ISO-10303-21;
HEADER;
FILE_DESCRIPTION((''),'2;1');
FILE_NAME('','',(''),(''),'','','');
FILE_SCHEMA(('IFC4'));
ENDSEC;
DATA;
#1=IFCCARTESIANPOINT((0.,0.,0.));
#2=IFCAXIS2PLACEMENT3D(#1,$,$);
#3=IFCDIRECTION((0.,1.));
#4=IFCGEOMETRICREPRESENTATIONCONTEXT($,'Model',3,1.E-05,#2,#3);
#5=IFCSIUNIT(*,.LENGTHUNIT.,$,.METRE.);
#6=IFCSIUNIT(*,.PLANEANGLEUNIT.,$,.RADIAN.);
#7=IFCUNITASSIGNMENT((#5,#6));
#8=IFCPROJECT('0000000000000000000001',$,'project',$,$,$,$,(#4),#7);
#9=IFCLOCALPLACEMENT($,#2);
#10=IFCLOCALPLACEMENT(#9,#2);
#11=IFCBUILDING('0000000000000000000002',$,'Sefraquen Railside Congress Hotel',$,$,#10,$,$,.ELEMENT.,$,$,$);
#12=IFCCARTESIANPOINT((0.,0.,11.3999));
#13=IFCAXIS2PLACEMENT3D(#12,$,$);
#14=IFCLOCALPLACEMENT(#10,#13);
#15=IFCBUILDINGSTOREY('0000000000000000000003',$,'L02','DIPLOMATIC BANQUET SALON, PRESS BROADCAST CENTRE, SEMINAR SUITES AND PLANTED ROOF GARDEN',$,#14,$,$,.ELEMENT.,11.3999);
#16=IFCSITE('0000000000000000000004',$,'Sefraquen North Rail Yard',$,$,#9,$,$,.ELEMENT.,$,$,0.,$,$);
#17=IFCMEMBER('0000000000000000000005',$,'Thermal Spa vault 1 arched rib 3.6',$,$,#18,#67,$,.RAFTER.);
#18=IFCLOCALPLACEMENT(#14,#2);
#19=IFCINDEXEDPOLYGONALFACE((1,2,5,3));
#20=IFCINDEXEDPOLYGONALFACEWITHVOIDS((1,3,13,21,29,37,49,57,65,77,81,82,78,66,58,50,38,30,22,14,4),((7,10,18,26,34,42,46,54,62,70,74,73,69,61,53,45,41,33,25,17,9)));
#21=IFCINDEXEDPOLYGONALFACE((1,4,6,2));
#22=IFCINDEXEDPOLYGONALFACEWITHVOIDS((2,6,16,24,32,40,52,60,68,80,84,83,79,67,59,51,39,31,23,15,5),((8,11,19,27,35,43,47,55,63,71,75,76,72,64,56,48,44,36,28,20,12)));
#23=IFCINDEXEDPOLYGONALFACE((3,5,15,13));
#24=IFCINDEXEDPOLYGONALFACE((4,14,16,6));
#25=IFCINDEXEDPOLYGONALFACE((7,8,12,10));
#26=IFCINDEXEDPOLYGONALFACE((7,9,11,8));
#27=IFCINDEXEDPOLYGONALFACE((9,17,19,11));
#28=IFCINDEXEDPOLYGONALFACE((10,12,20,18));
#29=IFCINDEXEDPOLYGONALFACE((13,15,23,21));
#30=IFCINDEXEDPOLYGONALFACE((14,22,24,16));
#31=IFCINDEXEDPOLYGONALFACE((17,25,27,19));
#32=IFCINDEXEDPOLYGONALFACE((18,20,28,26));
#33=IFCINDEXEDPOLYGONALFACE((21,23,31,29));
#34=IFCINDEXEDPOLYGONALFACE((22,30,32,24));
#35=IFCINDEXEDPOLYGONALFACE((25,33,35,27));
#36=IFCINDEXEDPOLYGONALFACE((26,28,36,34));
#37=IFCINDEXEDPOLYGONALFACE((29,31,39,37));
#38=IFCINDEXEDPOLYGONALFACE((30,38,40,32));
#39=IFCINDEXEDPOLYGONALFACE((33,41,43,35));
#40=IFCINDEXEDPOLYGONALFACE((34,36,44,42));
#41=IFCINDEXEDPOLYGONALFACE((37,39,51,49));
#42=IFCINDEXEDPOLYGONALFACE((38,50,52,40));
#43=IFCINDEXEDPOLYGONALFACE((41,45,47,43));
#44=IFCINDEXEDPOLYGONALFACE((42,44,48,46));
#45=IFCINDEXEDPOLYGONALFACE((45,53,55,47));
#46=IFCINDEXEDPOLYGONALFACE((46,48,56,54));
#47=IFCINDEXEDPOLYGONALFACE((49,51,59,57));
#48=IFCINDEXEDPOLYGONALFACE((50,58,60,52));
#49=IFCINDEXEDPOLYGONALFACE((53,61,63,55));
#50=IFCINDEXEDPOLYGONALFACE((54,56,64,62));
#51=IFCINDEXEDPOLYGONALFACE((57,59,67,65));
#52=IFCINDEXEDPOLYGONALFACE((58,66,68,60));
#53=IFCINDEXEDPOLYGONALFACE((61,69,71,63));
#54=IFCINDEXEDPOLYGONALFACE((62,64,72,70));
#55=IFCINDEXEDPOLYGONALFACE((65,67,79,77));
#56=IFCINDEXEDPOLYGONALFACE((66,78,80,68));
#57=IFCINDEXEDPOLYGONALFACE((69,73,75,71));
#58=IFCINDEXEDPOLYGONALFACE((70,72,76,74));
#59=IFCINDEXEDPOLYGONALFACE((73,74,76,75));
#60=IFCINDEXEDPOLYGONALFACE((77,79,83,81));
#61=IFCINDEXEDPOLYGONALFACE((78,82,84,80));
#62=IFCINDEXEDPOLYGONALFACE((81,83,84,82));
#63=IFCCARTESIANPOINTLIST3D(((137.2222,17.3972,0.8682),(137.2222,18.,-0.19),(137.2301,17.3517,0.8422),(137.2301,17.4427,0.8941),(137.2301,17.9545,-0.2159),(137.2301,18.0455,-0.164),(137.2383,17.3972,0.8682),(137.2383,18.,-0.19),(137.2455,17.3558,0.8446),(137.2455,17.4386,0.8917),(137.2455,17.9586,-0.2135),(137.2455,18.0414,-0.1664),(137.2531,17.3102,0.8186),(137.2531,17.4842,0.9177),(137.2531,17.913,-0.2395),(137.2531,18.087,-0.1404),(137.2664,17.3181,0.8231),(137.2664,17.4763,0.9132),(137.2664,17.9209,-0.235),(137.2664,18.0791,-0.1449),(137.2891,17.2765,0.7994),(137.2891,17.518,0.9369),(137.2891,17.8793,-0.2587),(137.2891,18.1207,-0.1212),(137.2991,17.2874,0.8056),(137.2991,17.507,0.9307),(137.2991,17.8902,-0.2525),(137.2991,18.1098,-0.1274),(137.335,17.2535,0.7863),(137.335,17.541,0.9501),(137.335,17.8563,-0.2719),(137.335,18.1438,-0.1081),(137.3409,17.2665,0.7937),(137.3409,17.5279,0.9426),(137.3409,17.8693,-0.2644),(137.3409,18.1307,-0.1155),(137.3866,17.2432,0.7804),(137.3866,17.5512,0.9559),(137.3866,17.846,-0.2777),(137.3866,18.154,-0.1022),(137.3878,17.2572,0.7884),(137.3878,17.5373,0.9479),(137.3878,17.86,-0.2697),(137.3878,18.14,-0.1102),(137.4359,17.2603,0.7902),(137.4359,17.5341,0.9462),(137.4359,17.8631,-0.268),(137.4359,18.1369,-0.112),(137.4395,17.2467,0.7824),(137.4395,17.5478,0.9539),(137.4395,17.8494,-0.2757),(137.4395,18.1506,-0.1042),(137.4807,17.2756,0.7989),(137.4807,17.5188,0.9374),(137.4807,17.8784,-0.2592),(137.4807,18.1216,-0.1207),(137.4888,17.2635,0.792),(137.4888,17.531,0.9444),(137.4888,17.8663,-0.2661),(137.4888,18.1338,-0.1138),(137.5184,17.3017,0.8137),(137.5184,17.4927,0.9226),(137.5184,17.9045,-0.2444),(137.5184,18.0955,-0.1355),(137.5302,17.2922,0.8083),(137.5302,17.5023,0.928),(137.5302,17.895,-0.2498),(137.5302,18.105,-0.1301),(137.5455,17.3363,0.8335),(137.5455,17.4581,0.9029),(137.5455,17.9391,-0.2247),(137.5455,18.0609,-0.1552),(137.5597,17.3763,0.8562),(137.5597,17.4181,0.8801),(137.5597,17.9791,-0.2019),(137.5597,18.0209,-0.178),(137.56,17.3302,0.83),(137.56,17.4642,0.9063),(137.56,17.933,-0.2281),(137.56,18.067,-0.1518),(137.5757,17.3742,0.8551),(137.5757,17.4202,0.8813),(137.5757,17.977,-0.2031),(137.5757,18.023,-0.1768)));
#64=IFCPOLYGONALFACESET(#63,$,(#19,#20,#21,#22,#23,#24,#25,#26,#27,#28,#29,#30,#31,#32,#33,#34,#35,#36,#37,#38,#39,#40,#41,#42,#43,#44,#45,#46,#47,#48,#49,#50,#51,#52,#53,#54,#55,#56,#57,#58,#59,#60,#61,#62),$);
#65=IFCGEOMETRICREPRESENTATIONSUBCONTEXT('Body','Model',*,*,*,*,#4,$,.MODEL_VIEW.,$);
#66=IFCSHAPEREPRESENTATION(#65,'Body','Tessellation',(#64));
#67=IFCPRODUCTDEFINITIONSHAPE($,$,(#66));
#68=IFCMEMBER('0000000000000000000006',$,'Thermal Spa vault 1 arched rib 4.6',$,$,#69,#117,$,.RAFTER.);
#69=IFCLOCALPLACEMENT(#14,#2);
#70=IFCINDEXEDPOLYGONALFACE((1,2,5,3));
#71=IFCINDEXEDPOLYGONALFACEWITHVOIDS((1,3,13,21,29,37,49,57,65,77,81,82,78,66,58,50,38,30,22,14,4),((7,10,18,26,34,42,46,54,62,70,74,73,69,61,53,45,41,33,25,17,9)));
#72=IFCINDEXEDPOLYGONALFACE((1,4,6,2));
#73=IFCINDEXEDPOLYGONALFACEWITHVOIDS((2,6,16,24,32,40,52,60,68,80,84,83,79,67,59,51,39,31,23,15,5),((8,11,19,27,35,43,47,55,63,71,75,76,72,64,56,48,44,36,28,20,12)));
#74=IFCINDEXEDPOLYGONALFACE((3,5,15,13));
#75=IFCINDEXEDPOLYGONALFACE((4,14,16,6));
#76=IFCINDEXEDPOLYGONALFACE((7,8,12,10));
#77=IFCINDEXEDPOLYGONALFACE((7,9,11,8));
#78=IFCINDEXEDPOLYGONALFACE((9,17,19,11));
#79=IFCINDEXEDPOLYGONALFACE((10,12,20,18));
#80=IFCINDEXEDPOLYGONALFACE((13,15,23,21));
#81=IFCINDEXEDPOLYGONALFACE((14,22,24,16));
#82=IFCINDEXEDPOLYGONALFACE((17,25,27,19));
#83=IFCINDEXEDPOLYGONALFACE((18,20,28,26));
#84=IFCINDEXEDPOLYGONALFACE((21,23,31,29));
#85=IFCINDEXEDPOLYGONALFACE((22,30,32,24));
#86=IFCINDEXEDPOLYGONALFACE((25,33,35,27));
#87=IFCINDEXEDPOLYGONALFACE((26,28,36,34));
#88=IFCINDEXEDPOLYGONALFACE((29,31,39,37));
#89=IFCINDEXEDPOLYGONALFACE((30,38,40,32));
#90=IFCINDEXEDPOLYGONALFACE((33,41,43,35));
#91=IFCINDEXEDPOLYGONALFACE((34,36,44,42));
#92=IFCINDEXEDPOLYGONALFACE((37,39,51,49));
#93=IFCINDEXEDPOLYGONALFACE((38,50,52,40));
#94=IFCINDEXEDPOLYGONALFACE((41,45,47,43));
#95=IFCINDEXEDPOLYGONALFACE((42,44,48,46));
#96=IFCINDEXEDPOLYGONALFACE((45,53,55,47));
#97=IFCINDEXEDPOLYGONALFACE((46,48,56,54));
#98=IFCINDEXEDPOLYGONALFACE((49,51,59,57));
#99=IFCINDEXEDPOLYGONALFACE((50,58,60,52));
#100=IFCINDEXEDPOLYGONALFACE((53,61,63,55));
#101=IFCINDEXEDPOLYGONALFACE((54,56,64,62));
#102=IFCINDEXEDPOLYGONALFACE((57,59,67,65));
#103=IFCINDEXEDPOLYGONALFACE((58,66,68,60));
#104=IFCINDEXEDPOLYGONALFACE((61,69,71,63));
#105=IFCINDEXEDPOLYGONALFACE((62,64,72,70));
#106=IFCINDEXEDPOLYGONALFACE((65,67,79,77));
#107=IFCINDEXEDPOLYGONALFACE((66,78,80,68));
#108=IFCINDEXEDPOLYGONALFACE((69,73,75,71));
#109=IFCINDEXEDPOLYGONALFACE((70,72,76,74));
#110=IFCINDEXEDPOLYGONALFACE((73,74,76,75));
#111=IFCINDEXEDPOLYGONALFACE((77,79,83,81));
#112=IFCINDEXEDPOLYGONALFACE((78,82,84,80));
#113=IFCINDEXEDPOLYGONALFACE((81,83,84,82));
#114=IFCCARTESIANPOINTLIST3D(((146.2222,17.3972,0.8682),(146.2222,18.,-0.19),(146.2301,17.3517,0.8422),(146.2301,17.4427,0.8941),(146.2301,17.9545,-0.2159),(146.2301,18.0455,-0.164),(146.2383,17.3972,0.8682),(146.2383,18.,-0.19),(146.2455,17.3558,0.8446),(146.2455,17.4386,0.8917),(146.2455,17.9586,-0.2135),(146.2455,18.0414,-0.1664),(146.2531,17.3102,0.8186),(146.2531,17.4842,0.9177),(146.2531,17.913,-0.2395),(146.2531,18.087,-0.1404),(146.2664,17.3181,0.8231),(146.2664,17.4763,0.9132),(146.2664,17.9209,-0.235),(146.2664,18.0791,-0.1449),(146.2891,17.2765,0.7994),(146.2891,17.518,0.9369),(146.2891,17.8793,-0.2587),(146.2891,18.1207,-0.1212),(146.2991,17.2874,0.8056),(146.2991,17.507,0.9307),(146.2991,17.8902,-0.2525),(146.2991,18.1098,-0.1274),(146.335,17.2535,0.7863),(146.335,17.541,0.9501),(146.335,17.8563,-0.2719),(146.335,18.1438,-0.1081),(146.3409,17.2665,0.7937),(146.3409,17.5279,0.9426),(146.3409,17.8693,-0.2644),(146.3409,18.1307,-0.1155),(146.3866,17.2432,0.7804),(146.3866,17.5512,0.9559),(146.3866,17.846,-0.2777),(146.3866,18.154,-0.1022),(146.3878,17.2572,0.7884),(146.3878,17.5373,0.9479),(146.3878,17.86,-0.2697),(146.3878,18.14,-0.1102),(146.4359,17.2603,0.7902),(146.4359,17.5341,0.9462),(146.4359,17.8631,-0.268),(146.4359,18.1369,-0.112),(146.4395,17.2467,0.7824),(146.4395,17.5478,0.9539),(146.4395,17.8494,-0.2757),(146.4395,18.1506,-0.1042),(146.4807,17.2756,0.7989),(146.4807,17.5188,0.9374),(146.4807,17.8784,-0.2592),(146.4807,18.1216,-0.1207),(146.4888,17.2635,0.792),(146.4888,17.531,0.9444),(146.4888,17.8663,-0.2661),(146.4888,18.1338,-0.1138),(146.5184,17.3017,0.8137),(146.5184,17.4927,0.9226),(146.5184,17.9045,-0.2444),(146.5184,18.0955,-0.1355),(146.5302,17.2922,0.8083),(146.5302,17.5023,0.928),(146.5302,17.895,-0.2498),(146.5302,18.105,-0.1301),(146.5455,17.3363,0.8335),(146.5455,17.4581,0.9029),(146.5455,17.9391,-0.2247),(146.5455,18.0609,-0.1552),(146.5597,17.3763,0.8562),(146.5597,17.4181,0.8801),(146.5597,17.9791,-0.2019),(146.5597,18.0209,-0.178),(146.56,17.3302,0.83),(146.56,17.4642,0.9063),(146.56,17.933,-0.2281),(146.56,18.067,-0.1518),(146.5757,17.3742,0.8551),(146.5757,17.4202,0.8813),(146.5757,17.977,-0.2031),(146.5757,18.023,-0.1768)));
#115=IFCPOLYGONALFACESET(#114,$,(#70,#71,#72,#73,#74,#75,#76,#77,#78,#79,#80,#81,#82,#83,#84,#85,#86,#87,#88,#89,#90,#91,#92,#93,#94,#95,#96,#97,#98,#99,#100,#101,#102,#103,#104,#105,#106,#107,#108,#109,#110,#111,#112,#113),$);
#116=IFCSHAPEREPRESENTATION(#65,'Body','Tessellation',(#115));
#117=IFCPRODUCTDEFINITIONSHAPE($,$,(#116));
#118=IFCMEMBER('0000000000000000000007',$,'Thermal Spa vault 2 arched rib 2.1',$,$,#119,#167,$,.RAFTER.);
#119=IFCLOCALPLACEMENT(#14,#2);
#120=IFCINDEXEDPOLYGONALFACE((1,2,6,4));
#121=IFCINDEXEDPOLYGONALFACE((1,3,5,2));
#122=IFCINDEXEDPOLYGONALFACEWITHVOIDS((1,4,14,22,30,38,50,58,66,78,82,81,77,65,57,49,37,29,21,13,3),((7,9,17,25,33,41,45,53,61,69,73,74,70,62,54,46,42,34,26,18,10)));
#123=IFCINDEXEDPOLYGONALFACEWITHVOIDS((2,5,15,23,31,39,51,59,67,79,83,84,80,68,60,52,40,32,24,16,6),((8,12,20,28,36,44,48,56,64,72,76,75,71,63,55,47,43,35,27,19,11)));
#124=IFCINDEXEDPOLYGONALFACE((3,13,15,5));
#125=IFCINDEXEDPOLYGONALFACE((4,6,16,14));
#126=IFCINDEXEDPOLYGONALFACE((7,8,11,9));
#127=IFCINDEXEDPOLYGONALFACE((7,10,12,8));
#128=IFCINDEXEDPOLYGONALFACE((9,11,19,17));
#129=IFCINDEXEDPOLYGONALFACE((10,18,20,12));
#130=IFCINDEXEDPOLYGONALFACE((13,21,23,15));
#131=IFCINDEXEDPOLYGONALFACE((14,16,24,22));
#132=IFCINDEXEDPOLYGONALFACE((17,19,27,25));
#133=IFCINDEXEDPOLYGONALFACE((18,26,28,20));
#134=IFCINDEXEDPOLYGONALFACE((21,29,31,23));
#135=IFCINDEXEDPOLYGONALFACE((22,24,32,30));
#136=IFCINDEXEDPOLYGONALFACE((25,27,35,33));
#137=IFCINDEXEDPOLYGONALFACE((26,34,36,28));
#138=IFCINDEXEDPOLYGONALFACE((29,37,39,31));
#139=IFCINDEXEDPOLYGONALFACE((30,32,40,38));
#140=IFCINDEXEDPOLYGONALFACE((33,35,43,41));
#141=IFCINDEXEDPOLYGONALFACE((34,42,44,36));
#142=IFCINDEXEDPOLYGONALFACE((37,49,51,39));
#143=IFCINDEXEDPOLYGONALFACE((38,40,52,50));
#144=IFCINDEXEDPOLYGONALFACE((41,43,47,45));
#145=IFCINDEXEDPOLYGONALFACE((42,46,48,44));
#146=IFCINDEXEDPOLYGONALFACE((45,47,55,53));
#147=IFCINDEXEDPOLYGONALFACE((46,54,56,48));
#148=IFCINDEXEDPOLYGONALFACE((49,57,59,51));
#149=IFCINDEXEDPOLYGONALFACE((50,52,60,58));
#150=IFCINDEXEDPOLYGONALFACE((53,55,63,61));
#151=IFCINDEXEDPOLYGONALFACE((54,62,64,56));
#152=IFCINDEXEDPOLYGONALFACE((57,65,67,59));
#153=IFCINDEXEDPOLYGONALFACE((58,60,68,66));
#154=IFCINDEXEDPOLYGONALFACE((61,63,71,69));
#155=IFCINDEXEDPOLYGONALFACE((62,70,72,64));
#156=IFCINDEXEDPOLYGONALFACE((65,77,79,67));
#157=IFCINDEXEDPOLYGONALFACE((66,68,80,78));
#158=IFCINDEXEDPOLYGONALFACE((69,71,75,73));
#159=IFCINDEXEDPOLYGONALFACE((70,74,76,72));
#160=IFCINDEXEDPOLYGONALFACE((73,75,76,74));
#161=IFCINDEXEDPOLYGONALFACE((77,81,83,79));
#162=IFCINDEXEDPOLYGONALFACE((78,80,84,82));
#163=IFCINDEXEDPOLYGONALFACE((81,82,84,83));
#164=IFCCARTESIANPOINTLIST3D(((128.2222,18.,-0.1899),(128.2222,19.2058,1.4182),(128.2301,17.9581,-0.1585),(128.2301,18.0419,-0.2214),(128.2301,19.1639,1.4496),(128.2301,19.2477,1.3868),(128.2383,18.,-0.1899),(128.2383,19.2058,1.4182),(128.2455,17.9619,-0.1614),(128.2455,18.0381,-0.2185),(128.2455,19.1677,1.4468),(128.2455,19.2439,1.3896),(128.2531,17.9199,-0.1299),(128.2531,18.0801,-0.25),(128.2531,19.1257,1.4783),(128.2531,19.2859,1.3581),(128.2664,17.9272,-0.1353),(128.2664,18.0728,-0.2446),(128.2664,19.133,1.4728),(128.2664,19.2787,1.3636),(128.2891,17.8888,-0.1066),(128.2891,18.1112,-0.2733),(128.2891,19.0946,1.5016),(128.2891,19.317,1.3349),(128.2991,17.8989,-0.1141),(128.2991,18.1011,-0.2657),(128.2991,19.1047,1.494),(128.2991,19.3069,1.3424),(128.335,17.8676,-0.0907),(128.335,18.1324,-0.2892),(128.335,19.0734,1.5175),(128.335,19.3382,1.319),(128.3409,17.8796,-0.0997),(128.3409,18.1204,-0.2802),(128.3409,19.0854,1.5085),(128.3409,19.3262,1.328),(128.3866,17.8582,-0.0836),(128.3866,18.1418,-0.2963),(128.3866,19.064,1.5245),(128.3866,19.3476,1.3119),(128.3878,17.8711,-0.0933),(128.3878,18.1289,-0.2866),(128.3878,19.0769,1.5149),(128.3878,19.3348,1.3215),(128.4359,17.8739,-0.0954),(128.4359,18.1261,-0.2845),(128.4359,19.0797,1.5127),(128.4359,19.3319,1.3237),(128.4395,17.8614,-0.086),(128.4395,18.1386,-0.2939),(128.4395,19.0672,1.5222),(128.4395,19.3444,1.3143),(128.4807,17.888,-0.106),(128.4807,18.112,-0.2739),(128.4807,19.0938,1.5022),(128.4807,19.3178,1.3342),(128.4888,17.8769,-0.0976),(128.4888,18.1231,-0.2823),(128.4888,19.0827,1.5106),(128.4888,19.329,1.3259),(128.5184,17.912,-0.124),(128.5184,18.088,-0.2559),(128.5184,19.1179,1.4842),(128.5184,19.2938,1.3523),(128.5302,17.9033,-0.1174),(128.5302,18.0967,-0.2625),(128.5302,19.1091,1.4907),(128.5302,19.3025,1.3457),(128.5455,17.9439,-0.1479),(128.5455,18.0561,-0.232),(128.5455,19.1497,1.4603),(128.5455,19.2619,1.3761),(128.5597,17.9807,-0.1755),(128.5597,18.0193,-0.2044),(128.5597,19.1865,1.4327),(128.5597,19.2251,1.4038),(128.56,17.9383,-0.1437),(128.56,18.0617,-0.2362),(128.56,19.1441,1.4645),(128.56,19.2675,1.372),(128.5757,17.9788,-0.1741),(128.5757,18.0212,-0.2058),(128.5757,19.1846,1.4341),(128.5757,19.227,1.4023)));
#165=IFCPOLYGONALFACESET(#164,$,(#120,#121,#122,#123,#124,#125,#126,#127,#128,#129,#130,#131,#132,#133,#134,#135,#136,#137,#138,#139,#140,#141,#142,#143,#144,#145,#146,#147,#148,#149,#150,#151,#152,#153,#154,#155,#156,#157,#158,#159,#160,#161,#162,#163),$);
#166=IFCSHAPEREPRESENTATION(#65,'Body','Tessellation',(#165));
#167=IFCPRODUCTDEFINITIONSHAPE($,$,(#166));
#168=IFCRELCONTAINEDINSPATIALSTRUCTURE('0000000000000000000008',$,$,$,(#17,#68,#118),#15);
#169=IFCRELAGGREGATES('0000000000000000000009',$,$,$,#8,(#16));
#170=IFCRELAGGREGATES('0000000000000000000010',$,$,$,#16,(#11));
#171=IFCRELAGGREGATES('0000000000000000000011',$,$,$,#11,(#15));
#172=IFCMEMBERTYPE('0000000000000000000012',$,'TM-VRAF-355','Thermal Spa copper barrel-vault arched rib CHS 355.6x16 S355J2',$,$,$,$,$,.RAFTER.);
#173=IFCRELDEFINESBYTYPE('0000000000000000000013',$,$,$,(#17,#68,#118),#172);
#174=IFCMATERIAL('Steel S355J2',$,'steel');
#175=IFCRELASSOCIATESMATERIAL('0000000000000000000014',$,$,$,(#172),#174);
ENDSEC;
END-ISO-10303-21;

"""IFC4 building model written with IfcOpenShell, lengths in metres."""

from ifc_helpers import new_model, si_unit, direction, frame, origin, origin_2d, place, context, subcontext, project, spatial, hollow_circle, extrude, material, material_profile, profile_set, type_object, element, save


model = new_model("IFC4")

# Units and contexts
model_context = context("Model", 3, precision=1e-05, world=origin(), true_north=direction((0.0, 1.0)))
body_context = subcontext(model_context, "Body", "Model", "MODEL_VIEW")
ifc_project = project(units=[si_unit("LENGTHUNIT", "METRE"), si_unit("PLANEANGLEUNIT", "RADIAN")], contexts=[model_context])

# Site, building, storey
site_placement = place(None, origin())
site = spatial("IfcSite", under=ifc_project, at=site_placement, Name="Sefraquen North Rail Yard", CompositionType="ELEMENT", RefElevation=0.0)
building_placement = place(site_placement, origin())
building = spatial("IfcBuilding", under=site, at=building_placement, Name="Sefraquen Railside Congress Hotel", CompositionType="ELEMENT")
storey_placement = place(building_placement, frame((0.0, 0.0, 11.3999)))
storey = spatial("IfcBuildingStorey", under=building, at=storey_placement, Name="L02", Description="DIPLOMATIC BANQUET SALON, PRESS BROADCAST CENTRE, SEMINAR SUITES AND PLANTED ROOF GARDEN", CompositionType="ELEMENT", Elevation=11.3999)

# Members
ifc_material_1 = material(Name="Steel S355J2", Category="steel")
ifc_material_profile_1 = material_profile(ifc_material_1, hollow_circle(Radius=0.1777, WallThickness=0.0161, at=origin_2d()), Name="CHS 355.6x16")
ifc_profile_set_1 = profile_set([ifc_material_profile_1], Name="Steel S355J2")
member_type = type_object("IfcMemberType", Name="TM-VRAF-355", Description="Thermal Spa copper barrel-vault arched rib CHS 355.6x16 S355J2", PredefinedType="RAFTER", material=ifc_profile_set_1)
for number, where, z_axis, x_axis, name in (
    (1, (137.3999, 17.3972, 0.8682), (0.0, 0.494994, -0.868896), (-1.0, 0.0, 0.0), "Thermal Spa vault 1 arched rib 3.6"),
    (2, (146.3999, 17.3972, 0.8682), (0.0, 0.494994, -0.868896), (-1.0, 0.0, 0.0), "Thermal Spa vault 1 arched rib 4.6"),
):
    element("IfcMember", number, at=place(storey_placement, frame(where, z_axis=z_axis, x_axis=x_axis)), inside=storey, type_object=member_type, Name=name, PredefinedType="RAFTER", context=body_context, shape_type="SweptSolid", body=[
        extrude(hollow_circle(Radius=0.1777, WallThickness=0.0161, at=origin_2d()), origin(), (0.0, 0.0, 1.0), 1.2178),
    ])
member_1_placement = place(storey_placement, frame((128.3999, 18.0, -0.1899), z_axis=(0.0, 0.599903, 0.800073), x_axis=(-1.0, 0.0, 0.0)))
element("IfcMember", 3, at=member_1_placement, inside=storey, type_object=member_type, Name="Thermal Spa vault 2 arched rib 2.1", PredefinedType="RAFTER", context=body_context, shape_type="SweptSolid", body=[
    extrude(hollow_circle(Radius=0.1777, WallThickness=0.0161, at=origin_2d()), origin(), (0.0, 0.0, 1.0), 2.01),
])

save(model, "model.ifc")
